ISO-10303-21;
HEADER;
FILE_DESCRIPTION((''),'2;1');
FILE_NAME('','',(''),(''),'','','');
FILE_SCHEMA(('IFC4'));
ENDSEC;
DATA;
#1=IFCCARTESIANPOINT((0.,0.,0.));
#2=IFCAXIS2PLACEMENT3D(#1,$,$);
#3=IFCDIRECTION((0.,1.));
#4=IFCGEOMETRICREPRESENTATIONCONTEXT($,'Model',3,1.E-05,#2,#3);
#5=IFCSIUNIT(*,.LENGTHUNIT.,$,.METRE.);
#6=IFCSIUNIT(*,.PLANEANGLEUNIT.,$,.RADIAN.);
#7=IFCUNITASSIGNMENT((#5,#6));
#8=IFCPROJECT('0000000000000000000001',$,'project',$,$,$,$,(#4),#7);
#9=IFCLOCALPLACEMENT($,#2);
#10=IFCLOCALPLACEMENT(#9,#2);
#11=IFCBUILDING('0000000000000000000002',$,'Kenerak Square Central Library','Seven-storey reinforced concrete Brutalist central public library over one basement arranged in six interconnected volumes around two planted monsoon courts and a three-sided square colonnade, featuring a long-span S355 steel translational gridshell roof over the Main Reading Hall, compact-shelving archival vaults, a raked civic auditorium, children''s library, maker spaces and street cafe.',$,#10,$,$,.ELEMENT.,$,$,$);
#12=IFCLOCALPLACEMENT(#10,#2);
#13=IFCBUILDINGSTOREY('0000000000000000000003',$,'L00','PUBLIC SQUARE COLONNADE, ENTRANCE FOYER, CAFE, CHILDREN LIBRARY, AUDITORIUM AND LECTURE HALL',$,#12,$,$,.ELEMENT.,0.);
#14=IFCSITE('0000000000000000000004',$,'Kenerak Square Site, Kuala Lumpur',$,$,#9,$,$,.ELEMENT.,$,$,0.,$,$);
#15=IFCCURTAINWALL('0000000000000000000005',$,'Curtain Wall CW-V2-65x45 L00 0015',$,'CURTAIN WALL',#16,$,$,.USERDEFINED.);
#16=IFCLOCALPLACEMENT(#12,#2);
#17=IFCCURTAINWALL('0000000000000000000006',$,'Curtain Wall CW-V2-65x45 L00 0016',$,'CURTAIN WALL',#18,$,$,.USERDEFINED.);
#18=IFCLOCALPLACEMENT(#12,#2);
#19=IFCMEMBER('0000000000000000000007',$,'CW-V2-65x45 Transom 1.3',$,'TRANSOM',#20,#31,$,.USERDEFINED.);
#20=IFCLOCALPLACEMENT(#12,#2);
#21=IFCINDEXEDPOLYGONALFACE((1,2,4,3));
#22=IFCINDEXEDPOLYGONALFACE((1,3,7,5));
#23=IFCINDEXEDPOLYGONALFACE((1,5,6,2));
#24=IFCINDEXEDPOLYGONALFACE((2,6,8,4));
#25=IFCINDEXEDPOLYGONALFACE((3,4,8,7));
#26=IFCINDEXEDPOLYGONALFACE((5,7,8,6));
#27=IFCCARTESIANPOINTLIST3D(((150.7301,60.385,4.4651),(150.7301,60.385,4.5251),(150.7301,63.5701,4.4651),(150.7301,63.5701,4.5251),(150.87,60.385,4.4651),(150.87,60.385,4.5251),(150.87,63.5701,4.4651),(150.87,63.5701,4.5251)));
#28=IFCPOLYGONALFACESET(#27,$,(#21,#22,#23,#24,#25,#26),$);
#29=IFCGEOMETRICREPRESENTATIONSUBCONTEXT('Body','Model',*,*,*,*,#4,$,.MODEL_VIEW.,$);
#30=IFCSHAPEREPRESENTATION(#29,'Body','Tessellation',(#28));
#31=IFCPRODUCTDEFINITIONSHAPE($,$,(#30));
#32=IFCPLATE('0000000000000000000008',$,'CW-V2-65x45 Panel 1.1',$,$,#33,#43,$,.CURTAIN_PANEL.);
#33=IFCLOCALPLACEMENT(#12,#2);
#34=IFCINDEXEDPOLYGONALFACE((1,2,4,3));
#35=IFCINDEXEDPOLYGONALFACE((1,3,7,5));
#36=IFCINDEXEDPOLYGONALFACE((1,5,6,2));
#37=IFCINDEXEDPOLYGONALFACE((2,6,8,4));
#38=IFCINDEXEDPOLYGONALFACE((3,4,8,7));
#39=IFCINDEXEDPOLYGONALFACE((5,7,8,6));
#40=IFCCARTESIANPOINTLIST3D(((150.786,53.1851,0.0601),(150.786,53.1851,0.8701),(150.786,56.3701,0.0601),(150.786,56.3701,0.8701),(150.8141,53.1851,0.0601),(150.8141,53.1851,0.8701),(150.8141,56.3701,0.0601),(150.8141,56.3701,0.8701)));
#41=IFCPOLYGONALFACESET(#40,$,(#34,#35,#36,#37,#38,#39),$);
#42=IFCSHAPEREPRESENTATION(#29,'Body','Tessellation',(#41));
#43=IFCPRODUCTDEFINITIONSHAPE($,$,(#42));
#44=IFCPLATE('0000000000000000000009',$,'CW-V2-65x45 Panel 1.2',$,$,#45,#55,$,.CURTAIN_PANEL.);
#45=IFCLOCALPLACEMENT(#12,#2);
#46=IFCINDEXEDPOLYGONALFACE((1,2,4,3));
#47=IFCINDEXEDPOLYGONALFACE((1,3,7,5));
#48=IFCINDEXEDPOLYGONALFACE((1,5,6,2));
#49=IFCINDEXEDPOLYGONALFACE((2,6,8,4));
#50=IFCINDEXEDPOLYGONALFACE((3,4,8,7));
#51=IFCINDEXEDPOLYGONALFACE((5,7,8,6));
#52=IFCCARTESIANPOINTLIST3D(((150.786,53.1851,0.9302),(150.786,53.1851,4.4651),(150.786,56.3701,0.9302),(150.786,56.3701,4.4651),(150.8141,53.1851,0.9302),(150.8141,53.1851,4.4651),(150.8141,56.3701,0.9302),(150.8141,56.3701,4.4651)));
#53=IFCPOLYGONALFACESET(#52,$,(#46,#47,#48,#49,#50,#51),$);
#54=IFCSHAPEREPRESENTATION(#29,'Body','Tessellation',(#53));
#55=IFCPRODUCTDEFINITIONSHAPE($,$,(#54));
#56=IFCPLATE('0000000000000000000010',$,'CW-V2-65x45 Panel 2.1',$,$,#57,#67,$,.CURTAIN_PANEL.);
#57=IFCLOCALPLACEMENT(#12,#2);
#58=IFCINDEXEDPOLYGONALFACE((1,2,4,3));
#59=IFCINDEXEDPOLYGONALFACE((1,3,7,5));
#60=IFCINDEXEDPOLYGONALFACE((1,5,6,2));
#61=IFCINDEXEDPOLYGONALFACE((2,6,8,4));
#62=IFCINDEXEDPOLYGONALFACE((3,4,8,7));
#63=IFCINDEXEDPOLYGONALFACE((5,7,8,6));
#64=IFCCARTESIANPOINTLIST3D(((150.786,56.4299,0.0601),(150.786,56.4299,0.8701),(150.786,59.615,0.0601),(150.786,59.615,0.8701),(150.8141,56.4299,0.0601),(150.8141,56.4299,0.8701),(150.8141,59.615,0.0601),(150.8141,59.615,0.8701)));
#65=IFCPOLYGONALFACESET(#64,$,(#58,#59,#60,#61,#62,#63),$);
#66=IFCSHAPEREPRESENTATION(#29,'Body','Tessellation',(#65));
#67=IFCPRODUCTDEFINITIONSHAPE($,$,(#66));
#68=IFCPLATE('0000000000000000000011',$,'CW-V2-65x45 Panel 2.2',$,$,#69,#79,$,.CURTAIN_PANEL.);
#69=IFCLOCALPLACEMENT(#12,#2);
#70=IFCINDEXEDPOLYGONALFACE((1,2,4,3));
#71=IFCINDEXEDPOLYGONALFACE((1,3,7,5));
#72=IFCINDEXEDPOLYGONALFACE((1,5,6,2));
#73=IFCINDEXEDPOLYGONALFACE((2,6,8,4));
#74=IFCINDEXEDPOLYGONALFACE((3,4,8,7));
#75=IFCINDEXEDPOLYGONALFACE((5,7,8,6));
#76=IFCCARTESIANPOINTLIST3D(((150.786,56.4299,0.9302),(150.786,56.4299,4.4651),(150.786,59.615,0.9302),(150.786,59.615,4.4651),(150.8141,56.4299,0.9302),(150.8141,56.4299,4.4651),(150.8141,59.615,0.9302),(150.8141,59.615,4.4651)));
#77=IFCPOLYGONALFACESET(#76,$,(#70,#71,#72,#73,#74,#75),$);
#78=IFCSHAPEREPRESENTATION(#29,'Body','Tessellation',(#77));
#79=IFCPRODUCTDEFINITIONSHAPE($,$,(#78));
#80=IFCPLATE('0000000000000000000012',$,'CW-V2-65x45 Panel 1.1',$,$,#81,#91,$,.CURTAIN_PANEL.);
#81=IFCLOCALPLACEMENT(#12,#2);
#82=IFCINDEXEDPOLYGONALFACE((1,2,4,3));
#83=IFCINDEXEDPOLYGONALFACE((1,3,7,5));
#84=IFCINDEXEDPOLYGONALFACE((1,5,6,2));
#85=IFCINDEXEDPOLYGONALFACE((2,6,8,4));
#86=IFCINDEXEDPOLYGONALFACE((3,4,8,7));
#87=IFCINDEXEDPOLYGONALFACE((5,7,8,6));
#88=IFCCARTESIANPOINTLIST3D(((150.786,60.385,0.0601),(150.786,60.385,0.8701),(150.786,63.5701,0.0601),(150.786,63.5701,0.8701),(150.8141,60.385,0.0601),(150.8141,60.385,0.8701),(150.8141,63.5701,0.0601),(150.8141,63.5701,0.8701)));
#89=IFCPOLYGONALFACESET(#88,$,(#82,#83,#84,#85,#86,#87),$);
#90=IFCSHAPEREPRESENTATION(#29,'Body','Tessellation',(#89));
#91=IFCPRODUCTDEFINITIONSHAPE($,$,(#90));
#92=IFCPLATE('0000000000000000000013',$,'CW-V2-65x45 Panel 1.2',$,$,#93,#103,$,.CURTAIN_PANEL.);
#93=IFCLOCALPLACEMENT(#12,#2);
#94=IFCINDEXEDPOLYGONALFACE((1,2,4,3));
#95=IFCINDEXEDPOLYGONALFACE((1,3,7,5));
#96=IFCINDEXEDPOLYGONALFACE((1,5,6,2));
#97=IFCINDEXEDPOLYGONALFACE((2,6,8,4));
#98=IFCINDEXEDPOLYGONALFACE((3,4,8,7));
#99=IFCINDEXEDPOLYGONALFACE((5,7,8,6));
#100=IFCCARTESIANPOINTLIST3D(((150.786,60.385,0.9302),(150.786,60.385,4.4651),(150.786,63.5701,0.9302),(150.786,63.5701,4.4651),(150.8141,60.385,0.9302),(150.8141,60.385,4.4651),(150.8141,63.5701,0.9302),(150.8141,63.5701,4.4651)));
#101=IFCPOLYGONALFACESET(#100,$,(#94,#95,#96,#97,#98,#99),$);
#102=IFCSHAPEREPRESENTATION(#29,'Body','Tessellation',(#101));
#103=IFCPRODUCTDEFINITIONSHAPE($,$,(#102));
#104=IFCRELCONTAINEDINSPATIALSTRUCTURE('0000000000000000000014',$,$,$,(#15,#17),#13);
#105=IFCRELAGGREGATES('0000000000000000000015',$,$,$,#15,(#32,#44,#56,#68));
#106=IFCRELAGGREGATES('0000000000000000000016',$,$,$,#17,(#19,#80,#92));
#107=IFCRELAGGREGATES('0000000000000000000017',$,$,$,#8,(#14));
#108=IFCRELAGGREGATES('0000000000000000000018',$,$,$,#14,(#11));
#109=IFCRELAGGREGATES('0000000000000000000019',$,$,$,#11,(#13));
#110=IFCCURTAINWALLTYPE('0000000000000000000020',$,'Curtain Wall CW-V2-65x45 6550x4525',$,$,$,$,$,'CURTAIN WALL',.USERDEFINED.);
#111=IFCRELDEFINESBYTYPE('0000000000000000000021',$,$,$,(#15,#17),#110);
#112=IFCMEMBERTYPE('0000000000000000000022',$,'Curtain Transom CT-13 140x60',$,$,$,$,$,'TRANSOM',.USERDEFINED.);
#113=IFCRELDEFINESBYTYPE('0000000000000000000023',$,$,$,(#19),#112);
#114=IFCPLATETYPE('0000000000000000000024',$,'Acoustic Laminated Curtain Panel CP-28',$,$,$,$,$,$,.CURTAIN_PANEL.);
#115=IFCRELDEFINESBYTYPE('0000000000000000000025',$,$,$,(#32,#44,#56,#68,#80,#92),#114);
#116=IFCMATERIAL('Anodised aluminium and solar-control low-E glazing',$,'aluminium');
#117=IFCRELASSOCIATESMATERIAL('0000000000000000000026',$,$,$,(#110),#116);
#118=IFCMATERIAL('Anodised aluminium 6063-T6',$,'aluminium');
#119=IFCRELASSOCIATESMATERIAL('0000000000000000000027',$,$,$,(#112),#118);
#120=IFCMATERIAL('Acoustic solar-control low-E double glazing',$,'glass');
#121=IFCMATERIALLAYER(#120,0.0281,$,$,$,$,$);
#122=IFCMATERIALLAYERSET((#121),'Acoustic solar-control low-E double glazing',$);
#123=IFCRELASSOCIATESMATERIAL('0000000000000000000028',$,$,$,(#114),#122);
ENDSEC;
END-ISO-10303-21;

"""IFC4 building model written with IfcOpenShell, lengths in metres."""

from ifc_helpers import new_model, si_unit, direction, frame, origin, origin_2d, place, context, subcontext, project, spatial, rectangle, extrude, material, layer, layer_set, material_profile, profile_set, type_object, element, aggregate, save


model = new_model("IFC4")

# Units and contexts
model_context = context("Model", 3, precision=1e-05, world=origin(), true_north=direction((0.0, 1.0)))
body_context = subcontext(model_context, "Body", "Model", "MODEL_VIEW")
ifc_project = project(units=[si_unit("LENGTHUNIT", "METRE"), si_unit("PLANEANGLEUNIT", "RADIAN")], contexts=[model_context])

# Site, building, storey
site_placement = place(None, origin())
site = spatial("IfcSite", under=ifc_project, at=site_placement, Name="Kenerak Square Site, Kuala Lumpur", CompositionType="ELEMENT", RefElevation=0.0)
building_placement = place(site_placement, origin())
building = spatial("IfcBuilding", under=site, at=building_placement, Name="Kenerak Square Central Library", Description="Seven-storey reinforced concrete Brutalist central public library over one basement arranged in six interconnected volumes around two planted monsoon courts and a three-sided square colonnade, featuring a long-span S355 steel translational gridshell roof over the Main Reading Hall, compact-shelving archival vaults, a raked civic auditorium, children's library, maker spaces and street cafe.", CompositionType="ELEMENT")
storey_placement = place(building_placement, origin())
storey = spatial("IfcBuildingStorey", under=building, at=storey_placement, Name="L00", Description="PUBLIC SQUARE COLONNADE, ENTRANCE FOYER, CAFE, CHILDREN LIBRARY, AUDITORIUM AND LECTURE HALL", CompositionType="ELEMENT", Elevation=0.0)

# Curtain wall
ifc_material_1 = material(Name="Anodised aluminium and solar-control low-E glazing", Category="aluminium")
curtain_wall_type = type_object("IfcCurtainWallType", Name="Curtain Wall CW-V2-65x45 6550x4525", ElementType="CURTAIN WALL", PredefinedType="USERDEFINED", material=ifc_material_1)
curtain_wall_1_placement = place(storey_placement, origin())
curtain_wall_1 = element("IfcCurtainWall", 1, at=curtain_wall_1_placement, inside=storey, type_object=curtain_wall_type, Name="Curtain Wall CW-V2-65x45 L00 0015", ObjectType="CURTAIN WALL", PredefinedType="USERDEFINED")
ifc_material_2 = material(Name="Anodised aluminium 6063-T6", Category="aluminium")

# Curtain wall
curtain_wall_2_placement = place(storey_placement, origin())
curtain_wall_2 = element("IfcCurtainWall", 2, at=curtain_wall_2_placement, inside=storey, type_object=curtain_wall_type, Name="Curtain Wall CW-V2-65x45 L00 0016", ObjectType="CURTAIN WALL", PredefinedType="USERDEFINED")

# Member
ifc_material_profile_1 = material_profile(ifc_material_2, rectangle(XDim=0.1399, YDim=0.0601, at=origin_2d()), Name="AL TRANSOM 140x60")
ifc_profile_set_1 = profile_set([ifc_material_profile_1], Name="Anodised aluminium 6063-T6")
member_type_1 = type_object("IfcMemberType", Name="Curtain Transom CT-13 140x60", ElementType="TRANSOM", PredefinedType="USERDEFINED", material=ifc_profile_set_1)
member_1_placement = place(storey_placement, frame((150.8, 60.385, 4.4951), z_axis=(0.0, 1.0, 0.0), x_axis=(-1.0, 0.0, 0.0)))
member_1 = element("IfcMember", 3, at=member_1_placement, type_object=member_type_1, Name="CW-V2-65x45 Transom 1.3", ObjectType="TRANSOM", PredefinedType="USERDEFINED", context=body_context, shape_type="SweptSolid", body=[
    extrude(rectangle(XDim=0.1399, YDim=0.0601, at=origin_2d()), origin(), (0.0, 0.0, 1.0), 3.1851),
])

# Plates
ifc_material_3 = material(Name="Acoustic solar-control low-E double glazing", Category="glass")
ifc_layer = layer(ifc_material_3, 0.0281)
ifc_layer_set = layer_set([ifc_layer], Name="Acoustic solar-control low-E double glazing")
plate_type = type_object("IfcPlateType", Name="Acoustic Laminated Curtain Panel CP-28", PredefinedType="CURTAIN_PANEL", material=ifc_layer_set)
plate_1_placement = place(storey_placement, frame((150.8, 54.7776, 0.0601), z_axis=(0.0, 0.0, 1.0), x_axis=(0.0, 1.0, 0.0)))
plate_1 = element("IfcPlate", 4, at=plate_1_placement, type_object=plate_type, Name="CW-V2-65x45 Panel 1.1", PredefinedType="CURTAIN_PANEL", context=body_context, shape_type="SweptSolid", body=[
    extrude(rectangle(XDim=3.1851, YDim=0.0281, at=origin_2d()), origin(), (0.0, 0.0, 1.0), 0.8101),
])
plate_2_placement = place(storey_placement, frame((150.8, 54.7776, 0.9302), z_axis=(0.0, 0.0, 1.0), x_axis=(0.0, 1.0, 0.0)))
plate_2 = element("IfcPlate", 5, at=plate_2_placement, type_object=plate_type, Name="CW-V2-65x45 Panel 1.2", PredefinedType="CURTAIN_PANEL", context=body_context, shape_type="SweptSolid", body=[
    extrude(rectangle(XDim=3.1851, YDim=0.0281, at=origin_2d()), origin(), (0.0, 0.0, 1.0), 3.5349),
])
plate_3_placement = place(storey_placement, frame((150.8, 58.0225, 0.0601), z_axis=(0.0, 0.0, 1.0), x_axis=(0.0, 1.0, 0.0)))
plate_3 = element("IfcPlate", 6, at=plate_3_placement, type_object=plate_type, Name="CW-V2-65x45 Panel 2.1", PredefinedType="CURTAIN_PANEL", context=body_context, shape_type="SweptSolid", body=[
    extrude(rectangle(XDim=3.1851, YDim=0.0281, at=origin_2d()), origin(), (0.0, 0.0, 1.0), 0.8101),
])
plate_4_placement = place(storey_placement, frame((150.8, 58.0225, 0.9302), z_axis=(0.0, 0.0, 1.0), x_axis=(0.0, 1.0, 0.0)))
plate_4 = element("IfcPlate", 7, at=plate_4_placement, type_object=plate_type, Name="CW-V2-65x45 Panel 2.2", PredefinedType="CURTAIN_PANEL", context=body_context, shape_type="SweptSolid", body=[
    extrude(rectangle(XDim=3.1851, YDim=0.0281, at=origin_2d()), origin(), (0.0, 0.0, 1.0), 3.5349),
])
aggregate(curtain_wall_1, [plate_1, plate_2, plate_3, plate_4])
plate_5_placement = place(storey_placement, frame((150.8, 61.9775, 0.0601), z_axis=(0.0, 0.0, 1.0), x_axis=(0.0, 1.0, 0.0)))
plate_5 = element("IfcPlate", 8, at=plate_5_placement, type_object=plate_type, Name="CW-V2-65x45 Panel 1.1", PredefinedType="CURTAIN_PANEL", context=body_context, shape_type="SweptSolid", body=[
    extrude(rectangle(XDim=3.1851, YDim=0.0281, at=origin_2d()), origin(), (0.0, 0.0, 1.0), 0.8101),
])
plate_6_placement = place(storey_placement, frame((150.8, 61.9775, 0.9302), z_axis=(0.0, 0.0, 1.0), x_axis=(0.0, 1.0, 0.0)))
plate_6 = element("IfcPlate", 9, at=plate_6_placement, type_object=plate_type, Name="CW-V2-65x45 Panel 1.2", PredefinedType="CURTAIN_PANEL", context=body_context, shape_type="SweptSolid", body=[
    extrude(rectangle(XDim=3.1851, YDim=0.0281, at=origin_2d()), origin(), (0.0, 0.0, 1.0), 3.5349),
])
aggregate(curtain_wall_2, [member_1, plate_5, plate_6])

save(model, "model.ifc")
